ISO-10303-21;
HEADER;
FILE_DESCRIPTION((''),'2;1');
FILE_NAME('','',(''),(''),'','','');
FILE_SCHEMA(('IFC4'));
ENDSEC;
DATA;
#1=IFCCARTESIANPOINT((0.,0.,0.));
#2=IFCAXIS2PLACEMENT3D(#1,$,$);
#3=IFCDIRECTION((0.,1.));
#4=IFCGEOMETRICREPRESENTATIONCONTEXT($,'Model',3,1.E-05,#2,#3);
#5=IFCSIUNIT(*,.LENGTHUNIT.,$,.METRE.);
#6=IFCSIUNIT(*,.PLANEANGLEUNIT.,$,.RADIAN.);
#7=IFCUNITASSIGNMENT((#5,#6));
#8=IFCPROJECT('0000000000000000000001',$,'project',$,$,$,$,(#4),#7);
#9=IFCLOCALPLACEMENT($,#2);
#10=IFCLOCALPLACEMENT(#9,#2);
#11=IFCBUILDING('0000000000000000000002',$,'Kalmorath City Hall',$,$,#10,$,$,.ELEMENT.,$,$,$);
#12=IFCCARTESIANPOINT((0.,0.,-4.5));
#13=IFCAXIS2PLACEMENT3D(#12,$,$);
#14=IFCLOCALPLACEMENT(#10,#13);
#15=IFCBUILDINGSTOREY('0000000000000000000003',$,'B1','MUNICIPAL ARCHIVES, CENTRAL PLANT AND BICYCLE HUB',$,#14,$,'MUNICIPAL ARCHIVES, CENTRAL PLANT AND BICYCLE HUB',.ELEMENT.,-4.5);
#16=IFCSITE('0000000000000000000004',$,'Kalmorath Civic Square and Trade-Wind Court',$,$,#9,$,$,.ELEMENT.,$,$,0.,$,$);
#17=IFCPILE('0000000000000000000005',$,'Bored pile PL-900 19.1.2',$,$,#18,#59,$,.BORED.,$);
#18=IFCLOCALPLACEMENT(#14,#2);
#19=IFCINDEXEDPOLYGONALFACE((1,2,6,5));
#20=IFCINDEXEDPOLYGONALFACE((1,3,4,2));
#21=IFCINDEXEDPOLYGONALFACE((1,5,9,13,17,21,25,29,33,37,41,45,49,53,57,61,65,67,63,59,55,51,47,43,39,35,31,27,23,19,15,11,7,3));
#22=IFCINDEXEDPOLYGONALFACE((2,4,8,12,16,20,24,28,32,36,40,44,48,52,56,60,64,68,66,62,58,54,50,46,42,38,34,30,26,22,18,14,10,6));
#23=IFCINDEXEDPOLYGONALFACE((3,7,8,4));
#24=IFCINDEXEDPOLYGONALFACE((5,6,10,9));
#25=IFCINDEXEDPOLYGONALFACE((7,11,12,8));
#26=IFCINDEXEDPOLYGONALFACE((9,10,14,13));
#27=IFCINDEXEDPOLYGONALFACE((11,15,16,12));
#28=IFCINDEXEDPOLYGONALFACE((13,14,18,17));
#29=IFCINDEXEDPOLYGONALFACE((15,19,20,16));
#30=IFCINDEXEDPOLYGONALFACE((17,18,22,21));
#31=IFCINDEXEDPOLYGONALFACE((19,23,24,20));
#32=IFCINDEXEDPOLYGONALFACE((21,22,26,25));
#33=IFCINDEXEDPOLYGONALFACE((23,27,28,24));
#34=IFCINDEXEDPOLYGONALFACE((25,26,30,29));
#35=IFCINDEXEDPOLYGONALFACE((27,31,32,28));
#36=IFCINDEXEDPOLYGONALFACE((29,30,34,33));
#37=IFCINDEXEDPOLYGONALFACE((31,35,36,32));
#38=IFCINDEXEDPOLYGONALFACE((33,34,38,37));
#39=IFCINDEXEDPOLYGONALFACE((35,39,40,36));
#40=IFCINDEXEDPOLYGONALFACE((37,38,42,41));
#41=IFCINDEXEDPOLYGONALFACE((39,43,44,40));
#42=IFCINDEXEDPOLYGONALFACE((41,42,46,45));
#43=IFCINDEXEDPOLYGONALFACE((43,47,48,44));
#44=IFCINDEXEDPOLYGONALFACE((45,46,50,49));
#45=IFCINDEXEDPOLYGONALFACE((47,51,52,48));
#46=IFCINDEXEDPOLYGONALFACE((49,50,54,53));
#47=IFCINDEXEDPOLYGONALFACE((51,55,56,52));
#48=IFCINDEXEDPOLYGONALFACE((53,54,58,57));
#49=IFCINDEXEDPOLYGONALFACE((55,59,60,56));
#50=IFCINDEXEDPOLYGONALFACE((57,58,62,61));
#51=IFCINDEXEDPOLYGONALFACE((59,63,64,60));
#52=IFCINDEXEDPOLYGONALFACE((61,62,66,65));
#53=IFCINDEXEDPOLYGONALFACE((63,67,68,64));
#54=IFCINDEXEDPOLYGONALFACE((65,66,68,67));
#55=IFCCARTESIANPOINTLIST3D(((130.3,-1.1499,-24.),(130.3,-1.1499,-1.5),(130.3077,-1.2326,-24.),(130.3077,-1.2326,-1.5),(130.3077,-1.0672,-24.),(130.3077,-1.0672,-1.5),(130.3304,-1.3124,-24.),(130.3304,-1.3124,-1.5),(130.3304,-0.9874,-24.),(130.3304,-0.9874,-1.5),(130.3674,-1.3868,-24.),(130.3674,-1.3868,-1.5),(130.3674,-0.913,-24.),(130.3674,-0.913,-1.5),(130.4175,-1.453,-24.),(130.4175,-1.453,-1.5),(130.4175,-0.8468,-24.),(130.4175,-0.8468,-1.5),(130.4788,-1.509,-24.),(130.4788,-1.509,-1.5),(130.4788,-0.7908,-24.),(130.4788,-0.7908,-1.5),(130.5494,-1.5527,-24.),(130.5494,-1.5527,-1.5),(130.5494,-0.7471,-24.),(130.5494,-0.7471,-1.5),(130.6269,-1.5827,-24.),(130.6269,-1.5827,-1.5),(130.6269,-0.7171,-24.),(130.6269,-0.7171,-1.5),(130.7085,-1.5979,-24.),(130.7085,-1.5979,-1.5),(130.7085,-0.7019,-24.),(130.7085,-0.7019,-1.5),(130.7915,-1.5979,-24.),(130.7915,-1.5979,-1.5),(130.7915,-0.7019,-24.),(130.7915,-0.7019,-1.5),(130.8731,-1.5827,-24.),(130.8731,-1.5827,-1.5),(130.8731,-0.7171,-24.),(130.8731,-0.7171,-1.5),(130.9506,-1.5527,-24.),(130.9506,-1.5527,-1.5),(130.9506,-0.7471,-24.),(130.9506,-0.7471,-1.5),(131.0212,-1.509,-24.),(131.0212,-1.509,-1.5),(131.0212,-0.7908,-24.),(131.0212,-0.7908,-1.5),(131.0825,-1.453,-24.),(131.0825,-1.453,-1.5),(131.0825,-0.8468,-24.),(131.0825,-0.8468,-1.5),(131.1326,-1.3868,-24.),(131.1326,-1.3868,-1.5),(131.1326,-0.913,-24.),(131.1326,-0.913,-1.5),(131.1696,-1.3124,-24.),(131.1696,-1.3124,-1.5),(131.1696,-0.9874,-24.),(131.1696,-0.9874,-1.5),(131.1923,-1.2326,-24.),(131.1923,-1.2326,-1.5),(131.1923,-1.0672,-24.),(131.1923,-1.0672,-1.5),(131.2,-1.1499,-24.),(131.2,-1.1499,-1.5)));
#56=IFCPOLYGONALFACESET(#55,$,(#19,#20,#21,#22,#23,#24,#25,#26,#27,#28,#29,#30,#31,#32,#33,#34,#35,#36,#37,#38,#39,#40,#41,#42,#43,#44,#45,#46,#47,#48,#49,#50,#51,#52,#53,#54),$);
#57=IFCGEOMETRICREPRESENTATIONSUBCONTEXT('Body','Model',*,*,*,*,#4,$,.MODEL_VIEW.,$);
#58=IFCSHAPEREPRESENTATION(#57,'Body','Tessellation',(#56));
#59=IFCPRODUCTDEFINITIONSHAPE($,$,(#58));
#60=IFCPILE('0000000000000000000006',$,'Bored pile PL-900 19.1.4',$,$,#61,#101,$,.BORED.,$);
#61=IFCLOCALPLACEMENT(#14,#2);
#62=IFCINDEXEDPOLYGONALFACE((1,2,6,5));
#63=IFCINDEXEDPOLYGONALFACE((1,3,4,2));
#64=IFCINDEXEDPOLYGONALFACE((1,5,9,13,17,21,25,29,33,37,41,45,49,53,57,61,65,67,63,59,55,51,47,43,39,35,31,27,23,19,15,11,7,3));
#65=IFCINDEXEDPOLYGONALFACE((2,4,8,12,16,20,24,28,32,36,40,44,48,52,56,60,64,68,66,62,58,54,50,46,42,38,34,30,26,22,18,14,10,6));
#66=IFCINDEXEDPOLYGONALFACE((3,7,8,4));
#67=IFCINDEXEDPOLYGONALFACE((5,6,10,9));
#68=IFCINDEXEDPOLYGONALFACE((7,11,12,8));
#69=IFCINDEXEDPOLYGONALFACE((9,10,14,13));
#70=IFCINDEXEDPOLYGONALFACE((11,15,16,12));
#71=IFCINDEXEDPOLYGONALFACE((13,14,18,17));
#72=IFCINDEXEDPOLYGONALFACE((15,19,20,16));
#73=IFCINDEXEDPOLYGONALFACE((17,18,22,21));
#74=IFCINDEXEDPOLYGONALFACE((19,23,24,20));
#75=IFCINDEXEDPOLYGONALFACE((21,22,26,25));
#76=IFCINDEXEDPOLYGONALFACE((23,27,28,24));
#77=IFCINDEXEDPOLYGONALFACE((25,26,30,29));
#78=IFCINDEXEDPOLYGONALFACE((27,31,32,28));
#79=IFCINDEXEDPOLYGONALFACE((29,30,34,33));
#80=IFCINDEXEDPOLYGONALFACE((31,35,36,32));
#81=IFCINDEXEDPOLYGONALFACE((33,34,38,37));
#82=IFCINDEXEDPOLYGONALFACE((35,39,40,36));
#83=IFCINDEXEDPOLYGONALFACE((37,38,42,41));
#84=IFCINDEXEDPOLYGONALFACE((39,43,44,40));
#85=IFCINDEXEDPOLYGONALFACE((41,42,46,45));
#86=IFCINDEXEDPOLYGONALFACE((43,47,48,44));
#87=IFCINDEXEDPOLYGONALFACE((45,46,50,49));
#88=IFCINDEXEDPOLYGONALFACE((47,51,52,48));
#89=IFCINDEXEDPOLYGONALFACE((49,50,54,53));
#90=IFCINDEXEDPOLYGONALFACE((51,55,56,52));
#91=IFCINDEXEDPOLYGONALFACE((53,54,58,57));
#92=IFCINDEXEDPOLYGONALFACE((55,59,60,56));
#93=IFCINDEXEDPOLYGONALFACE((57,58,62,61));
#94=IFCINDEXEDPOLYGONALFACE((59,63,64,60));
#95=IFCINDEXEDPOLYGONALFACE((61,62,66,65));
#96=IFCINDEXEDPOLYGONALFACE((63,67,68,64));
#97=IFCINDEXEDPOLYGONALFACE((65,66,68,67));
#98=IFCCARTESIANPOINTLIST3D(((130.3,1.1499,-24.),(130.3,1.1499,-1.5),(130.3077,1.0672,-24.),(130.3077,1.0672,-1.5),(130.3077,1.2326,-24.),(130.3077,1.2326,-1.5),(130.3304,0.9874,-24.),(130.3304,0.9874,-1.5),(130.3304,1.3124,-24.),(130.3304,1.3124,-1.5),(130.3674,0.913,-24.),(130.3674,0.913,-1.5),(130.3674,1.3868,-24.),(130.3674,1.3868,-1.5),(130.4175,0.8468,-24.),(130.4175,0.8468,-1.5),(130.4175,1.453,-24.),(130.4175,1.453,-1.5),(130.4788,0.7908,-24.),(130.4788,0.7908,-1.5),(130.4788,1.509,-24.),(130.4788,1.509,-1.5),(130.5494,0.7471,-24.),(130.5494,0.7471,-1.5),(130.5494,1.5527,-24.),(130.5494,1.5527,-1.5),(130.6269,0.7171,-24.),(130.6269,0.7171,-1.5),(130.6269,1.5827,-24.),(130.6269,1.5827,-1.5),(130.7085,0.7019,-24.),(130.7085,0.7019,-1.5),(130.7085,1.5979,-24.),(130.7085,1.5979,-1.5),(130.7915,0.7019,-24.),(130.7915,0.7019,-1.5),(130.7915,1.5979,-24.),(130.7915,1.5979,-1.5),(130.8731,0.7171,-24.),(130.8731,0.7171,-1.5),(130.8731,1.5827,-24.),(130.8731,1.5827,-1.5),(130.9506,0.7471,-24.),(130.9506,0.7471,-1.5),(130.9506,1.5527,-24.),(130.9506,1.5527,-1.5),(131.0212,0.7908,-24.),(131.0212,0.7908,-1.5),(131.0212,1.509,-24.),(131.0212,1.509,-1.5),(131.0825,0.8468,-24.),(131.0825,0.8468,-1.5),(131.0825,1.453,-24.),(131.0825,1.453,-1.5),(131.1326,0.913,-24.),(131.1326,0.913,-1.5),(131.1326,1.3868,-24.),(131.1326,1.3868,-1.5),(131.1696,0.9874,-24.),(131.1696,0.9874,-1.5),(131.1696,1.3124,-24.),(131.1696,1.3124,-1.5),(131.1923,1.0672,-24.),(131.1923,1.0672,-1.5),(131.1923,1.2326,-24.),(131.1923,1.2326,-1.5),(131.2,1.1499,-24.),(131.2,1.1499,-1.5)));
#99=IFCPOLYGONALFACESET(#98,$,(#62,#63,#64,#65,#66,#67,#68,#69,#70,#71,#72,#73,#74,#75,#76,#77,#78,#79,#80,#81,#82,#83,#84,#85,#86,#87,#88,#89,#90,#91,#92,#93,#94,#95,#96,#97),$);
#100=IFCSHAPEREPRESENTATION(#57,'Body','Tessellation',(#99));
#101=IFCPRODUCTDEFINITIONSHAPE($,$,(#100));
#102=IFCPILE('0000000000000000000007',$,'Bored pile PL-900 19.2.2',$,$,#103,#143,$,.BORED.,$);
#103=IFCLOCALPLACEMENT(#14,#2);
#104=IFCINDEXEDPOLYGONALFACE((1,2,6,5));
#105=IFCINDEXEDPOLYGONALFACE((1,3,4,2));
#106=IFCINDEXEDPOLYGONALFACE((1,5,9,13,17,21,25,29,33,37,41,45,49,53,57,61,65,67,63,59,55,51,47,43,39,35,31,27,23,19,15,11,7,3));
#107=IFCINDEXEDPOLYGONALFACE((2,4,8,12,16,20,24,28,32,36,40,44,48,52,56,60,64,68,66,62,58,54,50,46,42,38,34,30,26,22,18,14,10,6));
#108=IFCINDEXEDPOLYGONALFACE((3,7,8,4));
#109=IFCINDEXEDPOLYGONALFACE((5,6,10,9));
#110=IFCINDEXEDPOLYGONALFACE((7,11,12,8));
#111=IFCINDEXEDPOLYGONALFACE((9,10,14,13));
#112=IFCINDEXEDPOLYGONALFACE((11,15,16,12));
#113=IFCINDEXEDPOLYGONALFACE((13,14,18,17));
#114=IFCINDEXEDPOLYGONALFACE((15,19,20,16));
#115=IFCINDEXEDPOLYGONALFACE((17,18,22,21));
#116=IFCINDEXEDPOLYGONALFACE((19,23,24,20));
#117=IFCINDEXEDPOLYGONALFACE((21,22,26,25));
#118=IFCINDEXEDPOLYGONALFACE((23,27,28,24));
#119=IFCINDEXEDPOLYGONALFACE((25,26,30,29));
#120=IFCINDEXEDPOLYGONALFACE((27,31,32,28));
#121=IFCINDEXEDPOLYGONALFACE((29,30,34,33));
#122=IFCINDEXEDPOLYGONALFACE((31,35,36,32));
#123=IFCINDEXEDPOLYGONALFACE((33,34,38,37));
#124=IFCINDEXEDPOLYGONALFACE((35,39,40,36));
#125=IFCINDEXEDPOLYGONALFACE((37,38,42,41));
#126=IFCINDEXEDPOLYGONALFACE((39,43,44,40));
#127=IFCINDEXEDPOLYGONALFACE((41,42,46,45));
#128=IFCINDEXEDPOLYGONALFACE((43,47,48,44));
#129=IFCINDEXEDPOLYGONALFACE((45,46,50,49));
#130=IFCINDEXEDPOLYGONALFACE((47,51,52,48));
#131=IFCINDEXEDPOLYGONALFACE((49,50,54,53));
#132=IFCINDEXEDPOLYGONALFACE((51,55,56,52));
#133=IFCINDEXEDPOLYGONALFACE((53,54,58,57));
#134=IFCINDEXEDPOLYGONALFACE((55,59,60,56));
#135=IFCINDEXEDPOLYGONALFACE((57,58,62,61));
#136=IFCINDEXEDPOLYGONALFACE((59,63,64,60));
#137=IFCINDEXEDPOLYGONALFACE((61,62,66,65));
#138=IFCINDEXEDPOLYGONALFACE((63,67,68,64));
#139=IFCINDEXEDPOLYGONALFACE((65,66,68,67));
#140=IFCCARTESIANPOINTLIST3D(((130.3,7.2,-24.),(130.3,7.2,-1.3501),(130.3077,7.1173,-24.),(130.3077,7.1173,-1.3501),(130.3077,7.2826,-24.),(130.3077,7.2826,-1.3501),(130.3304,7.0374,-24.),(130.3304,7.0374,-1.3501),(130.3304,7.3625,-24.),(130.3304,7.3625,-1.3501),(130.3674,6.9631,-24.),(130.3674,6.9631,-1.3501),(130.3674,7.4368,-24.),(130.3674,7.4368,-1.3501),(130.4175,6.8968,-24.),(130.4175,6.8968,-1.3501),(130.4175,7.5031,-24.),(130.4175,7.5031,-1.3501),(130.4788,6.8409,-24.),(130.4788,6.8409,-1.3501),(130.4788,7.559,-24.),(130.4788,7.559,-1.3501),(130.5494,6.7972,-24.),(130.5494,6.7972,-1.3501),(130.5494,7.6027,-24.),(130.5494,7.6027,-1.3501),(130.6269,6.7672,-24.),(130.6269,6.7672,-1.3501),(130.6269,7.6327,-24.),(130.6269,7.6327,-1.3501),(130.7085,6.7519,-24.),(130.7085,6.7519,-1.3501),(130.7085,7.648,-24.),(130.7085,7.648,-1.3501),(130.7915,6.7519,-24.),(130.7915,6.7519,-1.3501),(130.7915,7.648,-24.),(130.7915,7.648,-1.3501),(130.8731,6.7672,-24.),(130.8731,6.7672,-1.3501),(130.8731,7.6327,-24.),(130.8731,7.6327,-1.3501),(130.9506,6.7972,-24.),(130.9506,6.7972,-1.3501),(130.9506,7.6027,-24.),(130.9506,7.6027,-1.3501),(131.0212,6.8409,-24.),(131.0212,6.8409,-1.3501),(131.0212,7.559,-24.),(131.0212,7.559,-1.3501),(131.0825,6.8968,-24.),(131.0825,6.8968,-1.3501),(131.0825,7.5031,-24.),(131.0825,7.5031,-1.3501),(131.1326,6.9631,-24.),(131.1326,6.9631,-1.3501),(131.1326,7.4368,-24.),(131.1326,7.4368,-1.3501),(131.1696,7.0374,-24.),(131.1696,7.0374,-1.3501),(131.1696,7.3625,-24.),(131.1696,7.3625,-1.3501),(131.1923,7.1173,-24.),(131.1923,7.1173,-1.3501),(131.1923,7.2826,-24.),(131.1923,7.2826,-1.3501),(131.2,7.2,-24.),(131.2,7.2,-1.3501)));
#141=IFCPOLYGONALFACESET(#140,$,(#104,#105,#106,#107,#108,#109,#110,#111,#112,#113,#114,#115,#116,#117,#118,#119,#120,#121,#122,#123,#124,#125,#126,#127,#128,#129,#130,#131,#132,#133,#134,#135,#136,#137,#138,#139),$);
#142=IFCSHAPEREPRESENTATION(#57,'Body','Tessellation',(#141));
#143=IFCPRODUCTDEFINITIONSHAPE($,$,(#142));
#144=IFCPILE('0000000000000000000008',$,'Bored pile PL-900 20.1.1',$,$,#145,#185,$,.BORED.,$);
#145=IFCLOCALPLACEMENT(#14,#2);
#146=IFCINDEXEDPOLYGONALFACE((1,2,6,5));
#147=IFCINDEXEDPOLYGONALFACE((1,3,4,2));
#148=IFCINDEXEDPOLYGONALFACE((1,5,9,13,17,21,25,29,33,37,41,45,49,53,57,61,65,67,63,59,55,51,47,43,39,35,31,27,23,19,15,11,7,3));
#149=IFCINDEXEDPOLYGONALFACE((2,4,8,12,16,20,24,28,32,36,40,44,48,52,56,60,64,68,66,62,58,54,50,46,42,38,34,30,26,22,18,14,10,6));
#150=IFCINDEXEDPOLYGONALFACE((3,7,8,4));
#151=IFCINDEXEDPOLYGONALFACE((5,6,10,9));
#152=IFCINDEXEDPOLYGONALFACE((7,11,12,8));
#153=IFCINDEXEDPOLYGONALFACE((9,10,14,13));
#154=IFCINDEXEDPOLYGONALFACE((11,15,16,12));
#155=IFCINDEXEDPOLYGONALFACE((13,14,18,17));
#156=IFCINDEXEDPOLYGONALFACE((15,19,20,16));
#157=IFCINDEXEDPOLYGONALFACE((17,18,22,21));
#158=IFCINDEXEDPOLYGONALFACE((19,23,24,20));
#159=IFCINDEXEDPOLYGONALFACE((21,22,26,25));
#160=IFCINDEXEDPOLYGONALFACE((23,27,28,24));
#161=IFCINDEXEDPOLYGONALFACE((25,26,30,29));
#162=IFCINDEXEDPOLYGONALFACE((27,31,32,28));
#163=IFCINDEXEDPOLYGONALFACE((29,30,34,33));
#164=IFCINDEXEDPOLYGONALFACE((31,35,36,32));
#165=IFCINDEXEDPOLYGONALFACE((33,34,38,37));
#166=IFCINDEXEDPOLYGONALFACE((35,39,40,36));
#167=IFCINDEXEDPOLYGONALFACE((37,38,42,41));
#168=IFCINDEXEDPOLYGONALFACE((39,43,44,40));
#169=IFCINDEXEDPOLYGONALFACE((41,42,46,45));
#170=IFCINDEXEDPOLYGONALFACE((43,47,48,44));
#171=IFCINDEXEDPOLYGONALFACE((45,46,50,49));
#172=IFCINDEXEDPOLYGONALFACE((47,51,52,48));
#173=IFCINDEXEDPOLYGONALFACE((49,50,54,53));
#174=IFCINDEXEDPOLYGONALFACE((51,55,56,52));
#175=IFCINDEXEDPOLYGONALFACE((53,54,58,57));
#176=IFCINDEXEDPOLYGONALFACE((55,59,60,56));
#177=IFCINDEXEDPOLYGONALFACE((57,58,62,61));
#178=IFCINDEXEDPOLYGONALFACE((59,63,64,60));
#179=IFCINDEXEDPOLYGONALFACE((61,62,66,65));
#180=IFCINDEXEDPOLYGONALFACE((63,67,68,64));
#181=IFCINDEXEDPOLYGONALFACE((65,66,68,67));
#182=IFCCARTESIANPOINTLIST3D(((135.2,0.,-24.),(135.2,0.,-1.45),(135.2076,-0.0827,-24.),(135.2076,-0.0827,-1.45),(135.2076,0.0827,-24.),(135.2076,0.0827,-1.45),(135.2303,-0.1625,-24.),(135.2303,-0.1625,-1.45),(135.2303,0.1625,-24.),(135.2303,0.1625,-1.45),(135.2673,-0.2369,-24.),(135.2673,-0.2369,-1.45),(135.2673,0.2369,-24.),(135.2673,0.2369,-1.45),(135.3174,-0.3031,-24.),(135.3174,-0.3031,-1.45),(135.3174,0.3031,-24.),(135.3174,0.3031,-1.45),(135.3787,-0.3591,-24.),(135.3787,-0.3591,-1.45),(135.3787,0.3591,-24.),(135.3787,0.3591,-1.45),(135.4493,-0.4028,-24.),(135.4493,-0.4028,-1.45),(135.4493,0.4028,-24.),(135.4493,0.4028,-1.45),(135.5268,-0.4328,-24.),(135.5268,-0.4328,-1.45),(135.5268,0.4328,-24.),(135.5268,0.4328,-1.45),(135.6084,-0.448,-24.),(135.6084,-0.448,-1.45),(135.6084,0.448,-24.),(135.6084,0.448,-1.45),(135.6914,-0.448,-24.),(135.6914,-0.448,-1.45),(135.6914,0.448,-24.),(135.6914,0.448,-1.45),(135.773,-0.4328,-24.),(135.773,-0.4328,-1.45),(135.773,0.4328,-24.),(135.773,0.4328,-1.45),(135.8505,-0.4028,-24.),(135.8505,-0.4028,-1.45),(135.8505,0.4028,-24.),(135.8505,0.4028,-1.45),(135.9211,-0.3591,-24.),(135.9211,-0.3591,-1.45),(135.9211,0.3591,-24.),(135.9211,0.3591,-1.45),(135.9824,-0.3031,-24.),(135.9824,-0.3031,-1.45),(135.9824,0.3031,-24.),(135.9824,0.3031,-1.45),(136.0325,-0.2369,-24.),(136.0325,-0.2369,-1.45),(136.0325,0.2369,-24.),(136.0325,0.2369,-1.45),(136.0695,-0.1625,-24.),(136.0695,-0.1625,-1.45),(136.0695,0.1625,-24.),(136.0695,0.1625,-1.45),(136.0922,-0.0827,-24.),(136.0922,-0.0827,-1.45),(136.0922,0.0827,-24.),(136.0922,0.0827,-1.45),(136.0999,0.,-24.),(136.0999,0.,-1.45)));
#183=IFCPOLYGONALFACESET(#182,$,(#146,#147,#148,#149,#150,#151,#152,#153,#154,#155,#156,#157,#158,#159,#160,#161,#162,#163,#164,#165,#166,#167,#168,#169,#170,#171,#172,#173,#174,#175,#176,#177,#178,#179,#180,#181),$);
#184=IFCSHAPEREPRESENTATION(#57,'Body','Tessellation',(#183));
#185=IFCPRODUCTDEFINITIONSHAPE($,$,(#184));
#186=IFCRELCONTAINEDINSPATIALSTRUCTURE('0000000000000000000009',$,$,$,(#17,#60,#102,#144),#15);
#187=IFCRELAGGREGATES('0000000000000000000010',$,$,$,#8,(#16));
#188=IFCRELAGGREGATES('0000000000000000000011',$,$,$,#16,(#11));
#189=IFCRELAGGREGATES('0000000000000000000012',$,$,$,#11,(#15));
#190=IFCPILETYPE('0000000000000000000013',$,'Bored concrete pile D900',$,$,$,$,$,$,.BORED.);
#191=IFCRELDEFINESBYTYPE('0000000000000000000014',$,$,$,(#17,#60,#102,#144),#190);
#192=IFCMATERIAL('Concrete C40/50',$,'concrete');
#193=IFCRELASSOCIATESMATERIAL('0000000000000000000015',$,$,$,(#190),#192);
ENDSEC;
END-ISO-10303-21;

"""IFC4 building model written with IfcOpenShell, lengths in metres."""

from ifc_helpers import new_model, si_unit, direction, frame, origin, origin_2d, place, context, subcontext, project, spatial, circle, extrude, material, material_profile, profile_set, type_object, element, save


model = new_model("IFC4")

# Units and contexts
model_context = context("Model", 3, precision=1e-05, world=origin(), true_north=direction((0.0, 1.0)))
body_context = subcontext(model_context, "Body", "Model", "MODEL_VIEW")
ifc_project = project(units=[si_unit("LENGTHUNIT", "METRE"), si_unit("PLANEANGLEUNIT", "RADIAN")], contexts=[model_context])

# Site, building, storey
site_placement = place(None, origin())
site = spatial("IfcSite", under=ifc_project, at=site_placement, Name="Kalmorath Civic Square and Trade-Wind Court", CompositionType="ELEMENT", RefElevation=0.0)
building_placement = place(site_placement, origin())
building = spatial("IfcBuilding", under=site, at=building_placement, Name="Kalmorath City Hall", CompositionType="ELEMENT")
storey_placement = place(building_placement, frame((0.0, 0.0, -4.5)))
storey = spatial("IfcBuildingStorey", under=building, at=storey_placement, Name="B1", Description="MUNICIPAL ARCHIVES, CENTRAL PLANT AND BICYCLE HUB", LongName="MUNICIPAL ARCHIVES, CENTRAL PLANT AND BICYCLE HUB", CompositionType="ELEMENT", Elevation=-4.5)

# Piles
ifc_material_1 = material(Name="Concrete C40/50", Category="concrete")
ifc_material_profile_1 = material_profile(ifc_material_1, circle(Radius=0.45, at=origin_2d()), Name="PILE-D900")
ifc_profile_set_1 = profile_set([ifc_material_profile_1], Name="Concrete C40/50")
pile_type = type_object("IfcPileType", Name="Bored concrete pile D900", PredefinedType="BORED", material=ifc_profile_set_1)
for number, where, z_axis, x_axis, name in (
    (1, (130.75, -1.1499, -1.5), (0.0, 0.0, -1.0), (1.0, 0.0, 0.0), "Bored pile PL-900 19.1.2"),
    (2, (130.75, 1.1499, -1.5), (0.0, 0.0, -1.0), (1.0, 0.0, 0.0), "Bored pile PL-900 19.1.4"),
):
    element("IfcPile", number, at=place(storey_placement, frame(where, z_axis=z_axis, x_axis=x_axis)), inside=storey, type_object=pile_type, Name=name, PredefinedType="BORED", context=body_context, shape_type="SweptSolid", body=[
        extrude(circle(Radius=0.45, at=origin_2d()), origin(), (0.0, 0.0, 1.0), 22.5),
    ])
pile_1_placement = place(storey_placement, frame((130.75, 7.2, -1.3501), z_axis=(0.0, 0.0, -1.0), x_axis=(1.0, 0.0, 0.0)))
element("IfcPile", 3, at=pile_1_placement, inside=storey, type_object=pile_type, Name="Bored pile PL-900 19.2.2", PredefinedType="BORED", context=body_context, shape_type="SweptSolid", body=[
    extrude(circle(Radius=0.45, at=origin_2d()), origin(), (0.0, 0.0, 1.0), 22.6499),
])
for number, where, z_axis, x_axis, name in (
    (4, (135.6499, 0.0, -1.45), (0.0, 0.0, -1.0), (1.0, 0.0, 0.0), "Bored pile PL-900 20.1.1"),
):
    element("IfcPile", number, at=place(storey_placement, frame(where, z_axis=z_axis, x_axis=x_axis)), inside=storey, type_object=pile_type, Name=name, PredefinedType="BORED", context=body_context, shape_type="SweptSolid", body=[
        extrude(circle(Radius=0.45, at=origin_2d()), origin(), (0.0, 0.0, 1.0), 22.55),
    ])

save(model, "model.ifc")
